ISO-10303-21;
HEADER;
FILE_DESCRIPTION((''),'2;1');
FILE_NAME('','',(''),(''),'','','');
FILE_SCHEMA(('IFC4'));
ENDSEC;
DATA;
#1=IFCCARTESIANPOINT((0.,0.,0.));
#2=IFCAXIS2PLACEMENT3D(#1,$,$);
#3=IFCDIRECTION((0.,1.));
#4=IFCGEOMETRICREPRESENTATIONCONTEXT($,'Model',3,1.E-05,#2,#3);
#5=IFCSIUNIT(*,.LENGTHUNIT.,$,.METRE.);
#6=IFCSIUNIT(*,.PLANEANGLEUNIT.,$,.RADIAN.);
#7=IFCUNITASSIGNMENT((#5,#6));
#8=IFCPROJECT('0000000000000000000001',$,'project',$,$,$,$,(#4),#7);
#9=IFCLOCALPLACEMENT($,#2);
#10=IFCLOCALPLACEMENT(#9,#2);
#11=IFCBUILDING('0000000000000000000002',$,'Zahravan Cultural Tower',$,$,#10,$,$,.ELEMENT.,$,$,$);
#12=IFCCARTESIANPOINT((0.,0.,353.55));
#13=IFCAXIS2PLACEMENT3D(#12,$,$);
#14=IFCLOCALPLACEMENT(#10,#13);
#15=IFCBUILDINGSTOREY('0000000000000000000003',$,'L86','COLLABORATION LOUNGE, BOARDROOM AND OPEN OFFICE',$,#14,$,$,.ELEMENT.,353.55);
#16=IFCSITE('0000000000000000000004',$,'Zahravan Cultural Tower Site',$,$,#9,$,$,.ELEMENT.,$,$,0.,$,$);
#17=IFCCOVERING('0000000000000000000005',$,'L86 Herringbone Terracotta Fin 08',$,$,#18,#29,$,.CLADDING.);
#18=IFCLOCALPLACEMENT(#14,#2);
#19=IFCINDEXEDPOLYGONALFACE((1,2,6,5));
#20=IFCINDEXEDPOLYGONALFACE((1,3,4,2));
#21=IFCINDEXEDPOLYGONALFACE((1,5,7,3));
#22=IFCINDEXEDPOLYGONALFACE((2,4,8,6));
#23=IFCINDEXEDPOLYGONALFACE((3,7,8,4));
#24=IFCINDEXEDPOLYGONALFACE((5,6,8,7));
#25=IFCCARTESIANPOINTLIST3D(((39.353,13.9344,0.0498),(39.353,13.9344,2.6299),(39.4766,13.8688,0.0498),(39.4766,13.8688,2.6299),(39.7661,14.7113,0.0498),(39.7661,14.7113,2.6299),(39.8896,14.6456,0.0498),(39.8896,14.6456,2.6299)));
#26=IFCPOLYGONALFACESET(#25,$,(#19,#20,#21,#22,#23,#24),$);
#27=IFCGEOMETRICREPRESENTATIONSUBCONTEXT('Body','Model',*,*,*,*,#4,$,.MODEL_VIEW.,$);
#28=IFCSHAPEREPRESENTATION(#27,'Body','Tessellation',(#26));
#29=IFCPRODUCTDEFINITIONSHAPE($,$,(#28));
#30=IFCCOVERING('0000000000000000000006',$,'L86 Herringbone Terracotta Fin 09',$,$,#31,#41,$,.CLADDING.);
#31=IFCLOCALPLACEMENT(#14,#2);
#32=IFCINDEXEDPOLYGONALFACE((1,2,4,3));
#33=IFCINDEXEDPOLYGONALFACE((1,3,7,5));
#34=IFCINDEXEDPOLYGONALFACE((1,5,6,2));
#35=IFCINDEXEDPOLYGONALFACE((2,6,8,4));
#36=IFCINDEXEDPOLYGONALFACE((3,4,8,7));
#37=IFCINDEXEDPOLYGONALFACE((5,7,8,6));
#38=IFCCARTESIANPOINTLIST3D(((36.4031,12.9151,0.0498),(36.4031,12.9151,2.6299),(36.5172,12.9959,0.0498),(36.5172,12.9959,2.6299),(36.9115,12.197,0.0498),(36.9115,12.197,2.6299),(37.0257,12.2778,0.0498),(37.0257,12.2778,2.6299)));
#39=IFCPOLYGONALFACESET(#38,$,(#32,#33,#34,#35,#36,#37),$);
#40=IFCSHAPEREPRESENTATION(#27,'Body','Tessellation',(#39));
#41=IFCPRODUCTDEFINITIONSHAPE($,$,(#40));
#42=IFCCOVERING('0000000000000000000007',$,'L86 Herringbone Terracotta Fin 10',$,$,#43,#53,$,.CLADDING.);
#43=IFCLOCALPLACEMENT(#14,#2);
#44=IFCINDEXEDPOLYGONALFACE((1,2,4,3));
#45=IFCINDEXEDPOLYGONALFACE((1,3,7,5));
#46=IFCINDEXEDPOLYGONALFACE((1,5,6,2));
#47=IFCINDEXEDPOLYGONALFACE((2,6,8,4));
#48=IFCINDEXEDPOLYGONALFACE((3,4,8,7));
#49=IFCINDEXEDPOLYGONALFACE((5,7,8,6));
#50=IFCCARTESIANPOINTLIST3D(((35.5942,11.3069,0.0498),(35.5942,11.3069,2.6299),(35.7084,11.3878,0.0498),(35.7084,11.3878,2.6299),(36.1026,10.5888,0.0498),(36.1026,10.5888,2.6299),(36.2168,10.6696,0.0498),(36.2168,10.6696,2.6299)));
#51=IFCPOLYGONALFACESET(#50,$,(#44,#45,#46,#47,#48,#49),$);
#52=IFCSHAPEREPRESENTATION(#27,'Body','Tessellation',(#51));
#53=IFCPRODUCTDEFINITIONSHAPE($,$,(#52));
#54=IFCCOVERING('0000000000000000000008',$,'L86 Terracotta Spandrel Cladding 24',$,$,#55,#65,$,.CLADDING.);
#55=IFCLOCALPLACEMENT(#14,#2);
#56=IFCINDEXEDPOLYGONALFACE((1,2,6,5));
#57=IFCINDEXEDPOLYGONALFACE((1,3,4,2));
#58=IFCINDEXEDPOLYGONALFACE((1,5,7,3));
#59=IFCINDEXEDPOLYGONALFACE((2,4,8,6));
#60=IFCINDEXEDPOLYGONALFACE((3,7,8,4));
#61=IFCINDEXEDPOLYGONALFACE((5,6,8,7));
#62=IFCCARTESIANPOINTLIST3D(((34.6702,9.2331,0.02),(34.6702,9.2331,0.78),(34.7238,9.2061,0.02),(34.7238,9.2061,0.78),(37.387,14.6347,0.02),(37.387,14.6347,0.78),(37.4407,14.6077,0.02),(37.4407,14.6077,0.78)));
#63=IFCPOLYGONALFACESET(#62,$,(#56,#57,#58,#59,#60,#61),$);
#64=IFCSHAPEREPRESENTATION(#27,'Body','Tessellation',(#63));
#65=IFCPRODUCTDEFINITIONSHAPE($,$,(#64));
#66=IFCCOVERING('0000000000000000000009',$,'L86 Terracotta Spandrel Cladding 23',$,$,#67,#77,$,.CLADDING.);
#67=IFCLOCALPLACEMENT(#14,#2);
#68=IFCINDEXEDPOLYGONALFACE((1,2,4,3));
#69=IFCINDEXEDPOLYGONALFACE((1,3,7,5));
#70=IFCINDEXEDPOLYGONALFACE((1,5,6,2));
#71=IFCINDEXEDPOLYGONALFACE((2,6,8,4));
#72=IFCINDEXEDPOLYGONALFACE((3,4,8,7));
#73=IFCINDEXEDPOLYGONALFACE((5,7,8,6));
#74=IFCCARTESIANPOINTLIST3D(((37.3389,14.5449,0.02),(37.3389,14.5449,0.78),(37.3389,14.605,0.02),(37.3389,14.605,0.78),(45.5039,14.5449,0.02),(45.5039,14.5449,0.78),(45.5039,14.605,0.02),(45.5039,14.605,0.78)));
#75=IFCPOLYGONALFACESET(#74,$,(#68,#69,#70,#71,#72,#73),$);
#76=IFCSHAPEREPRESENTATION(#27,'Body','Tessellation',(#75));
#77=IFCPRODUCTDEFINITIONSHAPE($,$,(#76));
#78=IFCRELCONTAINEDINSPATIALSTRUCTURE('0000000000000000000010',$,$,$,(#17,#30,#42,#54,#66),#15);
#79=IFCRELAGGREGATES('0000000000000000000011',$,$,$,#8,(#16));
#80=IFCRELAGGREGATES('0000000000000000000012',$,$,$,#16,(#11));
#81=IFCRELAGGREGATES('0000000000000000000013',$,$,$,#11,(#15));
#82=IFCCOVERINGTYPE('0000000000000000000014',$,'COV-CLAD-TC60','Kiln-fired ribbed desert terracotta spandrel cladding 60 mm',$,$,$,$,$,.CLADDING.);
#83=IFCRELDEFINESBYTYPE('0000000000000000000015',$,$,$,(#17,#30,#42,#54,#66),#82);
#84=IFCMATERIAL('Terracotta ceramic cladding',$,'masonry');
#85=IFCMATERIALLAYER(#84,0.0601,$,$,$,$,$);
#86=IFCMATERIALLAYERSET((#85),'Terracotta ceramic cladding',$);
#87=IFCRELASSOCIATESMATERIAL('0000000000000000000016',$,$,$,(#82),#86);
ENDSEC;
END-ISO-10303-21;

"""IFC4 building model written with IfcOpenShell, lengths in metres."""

from ifc_helpers import new_model, si_unit, direction, frame, origin, origin_2d, place, context, subcontext, project, spatial, rectangle, extrude, source, transform, mapped, material, layer, layer_set, type_object, element, save


model = new_model("IFC4")

# Units and contexts
model_context = context("Model", 3, precision=1e-05, world=origin(), true_north=direction((0.0, 1.0)))
body_context = subcontext(model_context, "Body", "Model", "MODEL_VIEW")
ifc_project = project(units=[si_unit("LENGTHUNIT", "METRE"), si_unit("PLANEANGLEUNIT", "RADIAN")], contexts=[model_context])

# Site, building, storey
site_placement = place(None, origin())
site = spatial("IfcSite", under=ifc_project, at=site_placement, Name="Zahravan Cultural Tower Site", CompositionType="ELEMENT", RefElevation=0.0)
building_placement = place(site_placement, origin())
building = spatial("IfcBuilding", under=site, at=building_placement, Name="Zahravan Cultural Tower", CompositionType="ELEMENT")
storey_placement = place(building_placement, frame((0.0, 0.0, 353.55)))
storey = spatial("IfcBuildingStorey", under=building, at=storey_placement, Name="L86", Description="COLLABORATION LOUNGE, BOARDROOM AND OPEN OFFICE", CompositionType="ELEMENT", Elevation=353.55)

# Coverings
ifc_material_1 = material(Name="Terracotta ceramic cladding", Category="masonry")
ifc_layer_1 = layer(ifc_material_1, 0.0601)
ifc_layer_set_1 = layer_set([ifc_layer_1], Name="Terracotta ceramic cladding")
covering_type = type_object("IfcCoveringType", Name="COV-CLAD-TC60", Description="Kiln-fired ribbed desert terracotta spandrel cladding 60 mm", PredefinedType="CLADDING", material=ifc_layer_set_1)
shared_shape_1 = source(origin(), body_context, "Body", "SweptSolid", [
    extrude(rectangle(XDim=0.8799, YDim=0.1399, at=origin_2d()), origin(), (0.0, 0.0, 1.0), 2.5801),
])
for number, where, z_axis, x_axis, name in (
    (1, (39.6213, 14.29, 0.0498), (0.0, 0.0, 1.0), (-0.469472, -0.882948, 0.0), "L86 Herringbone Terracotta Fin 08"),
    (2, (36.7144, 12.5964, 0.0498), (0.0, 0.0, 1.0), (0.577843, -0.816148, 0.0), "L86 Herringbone Terracotta Fin 09"),
    (3, (35.9055, 10.9883, 0.0498), (0.0, 0.0, 1.0), (0.577843, -0.816148, 0.0), "L86 Herringbone Terracotta Fin 10"),
):
    element("IfcCovering", number, at=place(storey_placement, frame(where, z_axis=z_axis, x_axis=x_axis)), inside=storey, type_object=covering_type, Name=name, PredefinedType="CLADDING", context=body_context, shape_type="MappedRepresentation", body=[
        mapped(shared_shape_1, transform((0.0, 0.0, 0.0), x_axis=(1.0, 0.0, 0.0), y_axis=(0.0, 1.0, 0.0), z_axis=(0.0, 0.0, 1.0), scale=1.0)),
    ])
shared_shape_2 = source(origin(), body_context, "Body", "SweptSolid", [
    extrude(rectangle(XDim=6.0464, YDim=0.0601, at=origin_2d()), origin(), (0.0, 0.0, 1.0), 0.76),
])
covering_1_placement = place(storey_placement, frame((36.0554, 11.9204, 0.02), z_axis=(0.0, 0.0, 1.0), x_axis=(-0.449335, -0.893364, 0.0)))
element("IfcCovering", 4, at=covering_1_placement, inside=storey, type_object=covering_type, Name="L86 Terracotta Spandrel Cladding 24", PredefinedType="CLADDING", context=body_context, shape_type="MappedRepresentation", body=[
    mapped(shared_shape_2, transform((0.0, 0.0, 0.0), x_axis=(1.0, 0.0, 0.0), y_axis=(0.0, 1.0, 0.0), z_axis=(0.0, 0.0, 1.0), scale=1.0)),
])
shared_shape_3 = source(origin(), body_context, "Body", "SweptSolid", [
    extrude(rectangle(XDim=8.165, YDim=0.0601, at=origin_2d()), origin(), (0.0, 0.0, 1.0), 0.76),
])
covering_2_placement = place(storey_placement, frame((41.4214, 14.575, 0.02), z_axis=(0.0, 0.0, 1.0), x_axis=(-1.0, 0.0, 0.0)))
element("IfcCovering", 5, at=covering_2_placement, inside=storey, type_object=covering_type, Name="L86 Terracotta Spandrel Cladding 23", PredefinedType="CLADDING", context=body_context, shape_type="MappedRepresentation", body=[
    mapped(shared_shape_3, transform((0.0, 0.0, 0.0), x_axis=(1.0, 0.0, 0.0), y_axis=(0.0, 1.0, 0.0), z_axis=(0.0, 0.0, 1.0), scale=1.0)),
])

save(model, "model.ifc")
